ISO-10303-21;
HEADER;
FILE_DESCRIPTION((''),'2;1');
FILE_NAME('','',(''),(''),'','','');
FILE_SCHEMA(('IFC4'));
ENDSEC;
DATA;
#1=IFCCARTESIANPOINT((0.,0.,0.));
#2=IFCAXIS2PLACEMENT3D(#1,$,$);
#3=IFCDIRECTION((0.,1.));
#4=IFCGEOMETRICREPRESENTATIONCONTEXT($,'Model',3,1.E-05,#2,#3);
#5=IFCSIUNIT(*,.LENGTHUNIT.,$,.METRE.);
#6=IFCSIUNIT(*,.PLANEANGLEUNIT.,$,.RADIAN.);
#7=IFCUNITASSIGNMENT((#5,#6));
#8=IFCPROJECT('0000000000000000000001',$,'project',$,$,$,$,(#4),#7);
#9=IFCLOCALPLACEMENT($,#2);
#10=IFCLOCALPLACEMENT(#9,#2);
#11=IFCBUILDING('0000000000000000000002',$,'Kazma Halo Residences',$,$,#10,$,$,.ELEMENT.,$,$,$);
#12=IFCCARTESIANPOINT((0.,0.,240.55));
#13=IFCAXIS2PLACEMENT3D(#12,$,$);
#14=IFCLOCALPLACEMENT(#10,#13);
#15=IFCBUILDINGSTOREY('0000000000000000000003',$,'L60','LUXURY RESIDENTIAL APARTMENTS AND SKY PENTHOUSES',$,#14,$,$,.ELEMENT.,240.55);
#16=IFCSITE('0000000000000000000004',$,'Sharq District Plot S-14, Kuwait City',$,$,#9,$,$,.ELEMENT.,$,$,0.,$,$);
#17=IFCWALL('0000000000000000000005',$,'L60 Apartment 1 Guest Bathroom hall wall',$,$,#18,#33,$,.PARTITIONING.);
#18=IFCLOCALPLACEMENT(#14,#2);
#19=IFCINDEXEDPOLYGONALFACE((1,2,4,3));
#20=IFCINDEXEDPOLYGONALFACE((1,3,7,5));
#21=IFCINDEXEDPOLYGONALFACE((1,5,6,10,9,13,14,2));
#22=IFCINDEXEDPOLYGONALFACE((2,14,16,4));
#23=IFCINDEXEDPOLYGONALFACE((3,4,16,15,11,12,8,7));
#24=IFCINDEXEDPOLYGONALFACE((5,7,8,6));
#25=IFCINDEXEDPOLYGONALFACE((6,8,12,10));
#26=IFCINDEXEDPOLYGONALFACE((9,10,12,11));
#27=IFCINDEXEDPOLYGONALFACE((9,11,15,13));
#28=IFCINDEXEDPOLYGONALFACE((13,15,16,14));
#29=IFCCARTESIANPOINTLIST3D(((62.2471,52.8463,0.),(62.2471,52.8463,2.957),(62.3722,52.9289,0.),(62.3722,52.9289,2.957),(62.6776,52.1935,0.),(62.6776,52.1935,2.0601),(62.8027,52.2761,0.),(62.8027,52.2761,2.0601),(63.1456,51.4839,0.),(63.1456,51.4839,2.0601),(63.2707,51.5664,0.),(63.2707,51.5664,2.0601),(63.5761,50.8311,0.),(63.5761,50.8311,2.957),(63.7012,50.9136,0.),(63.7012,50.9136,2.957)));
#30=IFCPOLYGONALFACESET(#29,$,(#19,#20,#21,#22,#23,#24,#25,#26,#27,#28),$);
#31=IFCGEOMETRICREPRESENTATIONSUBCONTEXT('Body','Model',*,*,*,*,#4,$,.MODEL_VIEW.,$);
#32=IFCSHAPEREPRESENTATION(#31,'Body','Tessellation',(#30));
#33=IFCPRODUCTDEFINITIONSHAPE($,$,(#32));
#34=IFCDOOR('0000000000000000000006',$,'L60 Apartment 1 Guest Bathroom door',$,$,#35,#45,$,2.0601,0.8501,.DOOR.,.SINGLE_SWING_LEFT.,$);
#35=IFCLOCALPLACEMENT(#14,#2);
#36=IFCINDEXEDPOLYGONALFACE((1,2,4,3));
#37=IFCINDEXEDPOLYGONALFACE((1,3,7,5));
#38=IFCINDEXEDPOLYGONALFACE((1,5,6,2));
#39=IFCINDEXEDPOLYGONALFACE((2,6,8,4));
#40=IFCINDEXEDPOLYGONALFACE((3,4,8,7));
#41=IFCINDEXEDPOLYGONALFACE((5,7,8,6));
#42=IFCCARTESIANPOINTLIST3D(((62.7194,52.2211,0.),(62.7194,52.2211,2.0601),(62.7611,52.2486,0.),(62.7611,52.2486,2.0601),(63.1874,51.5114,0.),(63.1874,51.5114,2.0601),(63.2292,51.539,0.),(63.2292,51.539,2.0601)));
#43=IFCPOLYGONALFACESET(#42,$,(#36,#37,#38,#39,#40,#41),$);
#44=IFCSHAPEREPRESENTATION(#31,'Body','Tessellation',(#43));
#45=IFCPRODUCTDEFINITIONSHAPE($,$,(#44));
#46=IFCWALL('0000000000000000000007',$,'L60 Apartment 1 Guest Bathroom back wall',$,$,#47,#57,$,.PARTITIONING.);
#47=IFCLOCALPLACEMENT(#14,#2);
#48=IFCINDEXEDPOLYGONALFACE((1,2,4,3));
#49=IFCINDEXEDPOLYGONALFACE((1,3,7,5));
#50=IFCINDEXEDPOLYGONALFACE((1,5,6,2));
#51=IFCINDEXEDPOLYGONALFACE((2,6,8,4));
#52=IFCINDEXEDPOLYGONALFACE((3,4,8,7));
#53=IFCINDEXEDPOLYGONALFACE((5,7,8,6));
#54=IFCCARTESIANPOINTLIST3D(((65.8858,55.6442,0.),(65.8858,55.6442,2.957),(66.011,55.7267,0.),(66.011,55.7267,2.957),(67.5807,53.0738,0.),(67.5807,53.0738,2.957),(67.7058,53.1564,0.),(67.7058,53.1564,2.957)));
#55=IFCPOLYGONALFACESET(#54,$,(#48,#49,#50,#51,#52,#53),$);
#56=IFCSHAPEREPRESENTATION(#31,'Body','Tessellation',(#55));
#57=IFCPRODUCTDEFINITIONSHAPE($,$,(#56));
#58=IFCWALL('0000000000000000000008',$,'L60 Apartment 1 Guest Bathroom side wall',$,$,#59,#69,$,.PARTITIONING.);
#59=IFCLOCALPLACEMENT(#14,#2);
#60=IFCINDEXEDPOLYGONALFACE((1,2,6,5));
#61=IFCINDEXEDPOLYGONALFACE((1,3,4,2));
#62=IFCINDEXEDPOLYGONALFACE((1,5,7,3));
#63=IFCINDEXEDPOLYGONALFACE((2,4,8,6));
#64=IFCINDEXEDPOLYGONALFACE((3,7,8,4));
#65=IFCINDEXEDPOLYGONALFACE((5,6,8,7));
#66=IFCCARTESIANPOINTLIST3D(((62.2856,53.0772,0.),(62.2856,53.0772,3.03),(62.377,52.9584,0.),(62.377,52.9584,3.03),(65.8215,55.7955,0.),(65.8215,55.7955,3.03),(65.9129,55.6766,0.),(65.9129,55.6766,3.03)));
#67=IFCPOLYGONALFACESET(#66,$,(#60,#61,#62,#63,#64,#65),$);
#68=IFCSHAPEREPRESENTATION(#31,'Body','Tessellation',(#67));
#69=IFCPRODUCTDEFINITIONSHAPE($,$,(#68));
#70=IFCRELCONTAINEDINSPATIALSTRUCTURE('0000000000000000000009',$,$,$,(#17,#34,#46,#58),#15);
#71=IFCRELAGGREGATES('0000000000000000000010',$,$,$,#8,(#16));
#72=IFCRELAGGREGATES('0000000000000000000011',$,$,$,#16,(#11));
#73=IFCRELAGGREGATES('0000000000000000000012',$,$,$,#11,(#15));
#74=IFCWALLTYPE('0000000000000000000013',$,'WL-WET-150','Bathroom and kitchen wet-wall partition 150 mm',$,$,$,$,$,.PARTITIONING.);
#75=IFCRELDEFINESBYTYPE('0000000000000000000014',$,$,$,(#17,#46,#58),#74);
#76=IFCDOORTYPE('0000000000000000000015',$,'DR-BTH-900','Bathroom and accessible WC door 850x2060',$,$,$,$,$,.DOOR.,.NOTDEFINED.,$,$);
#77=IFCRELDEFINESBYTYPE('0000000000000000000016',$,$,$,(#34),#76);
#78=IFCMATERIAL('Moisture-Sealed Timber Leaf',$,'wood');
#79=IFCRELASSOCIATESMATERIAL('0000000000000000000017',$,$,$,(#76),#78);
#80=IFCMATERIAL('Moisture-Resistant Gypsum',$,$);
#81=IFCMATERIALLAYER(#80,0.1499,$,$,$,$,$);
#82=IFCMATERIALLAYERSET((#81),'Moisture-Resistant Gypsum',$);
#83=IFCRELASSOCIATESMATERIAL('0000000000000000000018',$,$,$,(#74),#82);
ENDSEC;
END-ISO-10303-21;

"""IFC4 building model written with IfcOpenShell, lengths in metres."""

from ifc_helpers import new_model, si_unit, direction, frame, frame_2d, origin, place, context, subcontext, project, spatial, rectangle, extrude, material, layer, layer_set, type_object, element, fill, save


model = new_model("IFC4")

# Units and contexts
model_context = context("Model", 3, precision=1e-05, world=origin(), true_north=direction((0.0, 1.0)))
body_context = subcontext(model_context, "Body", "Model", "MODEL_VIEW")
ifc_project = project(units=[si_unit("LENGTHUNIT", "METRE"), si_unit("PLANEANGLEUNIT", "RADIAN")], contexts=[model_context])

# Site, building, storey
site_placement = place(None, origin())
site = spatial("IfcSite", under=ifc_project, at=site_placement, Name="Sharq District Plot S-14, Kuwait City", CompositionType="ELEMENT", RefElevation=0.0)
building_placement = place(site_placement, origin())
building = spatial("IfcBuilding", under=site, at=building_placement, Name="Kazma Halo Residences", CompositionType="ELEMENT")
storey_placement = place(building_placement, frame((0.0, 0.0, 240.55)))
storey = spatial("IfcBuildingStorey", under=building, at=storey_placement, Name="L60", Description="LUXURY RESIDENTIAL APARTMENTS AND SKY PENTHOUSES", CompositionType="ELEMENT", Elevation=240.55)

# Shared definitions
ifc_material_1 = material(Name="Moisture-Sealed Timber Leaf", Category="wood")
door_type = type_object("IfcDoorType", Name="DR-BTH-900", Description="Bathroom and accessible WC door 850x2060", OperationType="NOTDEFINED", PredefinedType="DOOR", material=ifc_material_1)

# Wall, opening, door
ifc_material_2 = material(Name="Moisture-Resistant Gypsum")
ifc_layer_1 = layer(ifc_material_2, 0.1499)
ifc_layer_set_1 = layer_set([ifc_layer_1], Name="Moisture-Resistant Gypsum")
wall_type_1 = type_object("IfcWallType", Name="WL-WET-150", Description="Bathroom and kitchen wet-wall partition 150 mm", PredefinedType="PARTITIONING", material=ifc_layer_set_1)
wall_1_placement = place(storey_placement, frame((63.6387, 50.8723, 0.0), z_axis=(0.0, 0.0, 1.0), x_axis=(-0.550539, 0.834809, 0.0)))
wall_1 = element("IfcWall", 1, at=wall_1_placement, inside=storey, type_object=wall_type_1, Name="L60 Apartment 1 Guest Bathroom hall wall", PredefinedType="PARTITIONING", context=body_context, shape_type="SweptSolid", body=[
    extrude(rectangle(XDim=2.4141, YDim=0.1499, at=frame_2d((1.207, 0.0))), origin(), (0.0, 0.0, 1.0), 2.957),
])
opening_1_placement = place(wall_1_placement, frame((0.782, 0.0, 0.0)))
opening_1 = element("IfcOpeningElement", 2, at=opening_1_placement, cuts=wall_1, PredefinedType="OPENING", context=body_context, shape_type="SweptSolid", body=[
    extrude(rectangle(XDim=0.8501, YDim=2.0601, at=frame_2d((0.425, 1.03))), frame((0.0, 0.085, 0.0), z_axis=(0.0, -1.0, 0.0), x_axis=(1.0, 0.0, 0.0)), (0.0, 0.0, 1.0), 0.1699),
])
door_1_placement = place(opening_1_placement, origin())
door_1 = element("IfcDoor", 3, at=door_1_placement, inside=storey, type_object=door_type, Name="L60 Apartment 1 Guest Bathroom door", OperationType="SINGLE_SWING_LEFT", OverallHeight=2.0601, OverallWidth=0.8501, PredefinedType="DOOR", context=body_context, shape_type="SweptSolid", body=[
    extrude(rectangle(XDim=0.8501, YDim=2.0601, at=frame_2d((0.425, 1.03))), frame((0.0, 0.0249, 0.0), z_axis=(0.0, -1.0, 0.0), x_axis=(1.0, 0.0, 0.0)), (0.0, 0.0, 1.0), 0.05),
])
fill(opening_1, door_1)

# Walls
wall_2_placement = place(storey_placement, frame((67.6433, 53.115, 0.0), z_axis=(0.0, 0.0, 1.0), x_axis=(-0.550484, 0.834846, 0.0)))
element("IfcWall", 4, at=wall_2_placement, inside=storey, type_object=wall_type_1, Name="L60 Apartment 1 Guest Bathroom back wall", PredefinedType="PARTITIONING", context=body_context, shape_type="SweptSolid", body=[
    extrude(rectangle(XDim=3.0789, YDim=0.1499, at=frame_2d((1.5396, 0.0))), origin(), (0.0, 0.0, 1.0), 2.957),
])
wall_3_placement = place(storey_placement, frame((62.3313, 53.0178, 0.0), z_axis=(0.0, 0.0, 1.0), x_axis=(0.792803, 0.609478, 0.0)))
element("IfcWall", 5, at=wall_3_placement, inside=storey, type_object=wall_type_1, Name="L60 Apartment 1 Guest Bathroom side wall", PredefinedType="PARTITIONING", context=body_context, shape_type="SweptSolid", body=[
    extrude(rectangle(XDim=4.46, YDim=0.1499, at=frame_2d((2.23, 0.0))), origin(), (0.0, 0.0, 1.0), 3.03),
])

save(model, "model.ifc")
